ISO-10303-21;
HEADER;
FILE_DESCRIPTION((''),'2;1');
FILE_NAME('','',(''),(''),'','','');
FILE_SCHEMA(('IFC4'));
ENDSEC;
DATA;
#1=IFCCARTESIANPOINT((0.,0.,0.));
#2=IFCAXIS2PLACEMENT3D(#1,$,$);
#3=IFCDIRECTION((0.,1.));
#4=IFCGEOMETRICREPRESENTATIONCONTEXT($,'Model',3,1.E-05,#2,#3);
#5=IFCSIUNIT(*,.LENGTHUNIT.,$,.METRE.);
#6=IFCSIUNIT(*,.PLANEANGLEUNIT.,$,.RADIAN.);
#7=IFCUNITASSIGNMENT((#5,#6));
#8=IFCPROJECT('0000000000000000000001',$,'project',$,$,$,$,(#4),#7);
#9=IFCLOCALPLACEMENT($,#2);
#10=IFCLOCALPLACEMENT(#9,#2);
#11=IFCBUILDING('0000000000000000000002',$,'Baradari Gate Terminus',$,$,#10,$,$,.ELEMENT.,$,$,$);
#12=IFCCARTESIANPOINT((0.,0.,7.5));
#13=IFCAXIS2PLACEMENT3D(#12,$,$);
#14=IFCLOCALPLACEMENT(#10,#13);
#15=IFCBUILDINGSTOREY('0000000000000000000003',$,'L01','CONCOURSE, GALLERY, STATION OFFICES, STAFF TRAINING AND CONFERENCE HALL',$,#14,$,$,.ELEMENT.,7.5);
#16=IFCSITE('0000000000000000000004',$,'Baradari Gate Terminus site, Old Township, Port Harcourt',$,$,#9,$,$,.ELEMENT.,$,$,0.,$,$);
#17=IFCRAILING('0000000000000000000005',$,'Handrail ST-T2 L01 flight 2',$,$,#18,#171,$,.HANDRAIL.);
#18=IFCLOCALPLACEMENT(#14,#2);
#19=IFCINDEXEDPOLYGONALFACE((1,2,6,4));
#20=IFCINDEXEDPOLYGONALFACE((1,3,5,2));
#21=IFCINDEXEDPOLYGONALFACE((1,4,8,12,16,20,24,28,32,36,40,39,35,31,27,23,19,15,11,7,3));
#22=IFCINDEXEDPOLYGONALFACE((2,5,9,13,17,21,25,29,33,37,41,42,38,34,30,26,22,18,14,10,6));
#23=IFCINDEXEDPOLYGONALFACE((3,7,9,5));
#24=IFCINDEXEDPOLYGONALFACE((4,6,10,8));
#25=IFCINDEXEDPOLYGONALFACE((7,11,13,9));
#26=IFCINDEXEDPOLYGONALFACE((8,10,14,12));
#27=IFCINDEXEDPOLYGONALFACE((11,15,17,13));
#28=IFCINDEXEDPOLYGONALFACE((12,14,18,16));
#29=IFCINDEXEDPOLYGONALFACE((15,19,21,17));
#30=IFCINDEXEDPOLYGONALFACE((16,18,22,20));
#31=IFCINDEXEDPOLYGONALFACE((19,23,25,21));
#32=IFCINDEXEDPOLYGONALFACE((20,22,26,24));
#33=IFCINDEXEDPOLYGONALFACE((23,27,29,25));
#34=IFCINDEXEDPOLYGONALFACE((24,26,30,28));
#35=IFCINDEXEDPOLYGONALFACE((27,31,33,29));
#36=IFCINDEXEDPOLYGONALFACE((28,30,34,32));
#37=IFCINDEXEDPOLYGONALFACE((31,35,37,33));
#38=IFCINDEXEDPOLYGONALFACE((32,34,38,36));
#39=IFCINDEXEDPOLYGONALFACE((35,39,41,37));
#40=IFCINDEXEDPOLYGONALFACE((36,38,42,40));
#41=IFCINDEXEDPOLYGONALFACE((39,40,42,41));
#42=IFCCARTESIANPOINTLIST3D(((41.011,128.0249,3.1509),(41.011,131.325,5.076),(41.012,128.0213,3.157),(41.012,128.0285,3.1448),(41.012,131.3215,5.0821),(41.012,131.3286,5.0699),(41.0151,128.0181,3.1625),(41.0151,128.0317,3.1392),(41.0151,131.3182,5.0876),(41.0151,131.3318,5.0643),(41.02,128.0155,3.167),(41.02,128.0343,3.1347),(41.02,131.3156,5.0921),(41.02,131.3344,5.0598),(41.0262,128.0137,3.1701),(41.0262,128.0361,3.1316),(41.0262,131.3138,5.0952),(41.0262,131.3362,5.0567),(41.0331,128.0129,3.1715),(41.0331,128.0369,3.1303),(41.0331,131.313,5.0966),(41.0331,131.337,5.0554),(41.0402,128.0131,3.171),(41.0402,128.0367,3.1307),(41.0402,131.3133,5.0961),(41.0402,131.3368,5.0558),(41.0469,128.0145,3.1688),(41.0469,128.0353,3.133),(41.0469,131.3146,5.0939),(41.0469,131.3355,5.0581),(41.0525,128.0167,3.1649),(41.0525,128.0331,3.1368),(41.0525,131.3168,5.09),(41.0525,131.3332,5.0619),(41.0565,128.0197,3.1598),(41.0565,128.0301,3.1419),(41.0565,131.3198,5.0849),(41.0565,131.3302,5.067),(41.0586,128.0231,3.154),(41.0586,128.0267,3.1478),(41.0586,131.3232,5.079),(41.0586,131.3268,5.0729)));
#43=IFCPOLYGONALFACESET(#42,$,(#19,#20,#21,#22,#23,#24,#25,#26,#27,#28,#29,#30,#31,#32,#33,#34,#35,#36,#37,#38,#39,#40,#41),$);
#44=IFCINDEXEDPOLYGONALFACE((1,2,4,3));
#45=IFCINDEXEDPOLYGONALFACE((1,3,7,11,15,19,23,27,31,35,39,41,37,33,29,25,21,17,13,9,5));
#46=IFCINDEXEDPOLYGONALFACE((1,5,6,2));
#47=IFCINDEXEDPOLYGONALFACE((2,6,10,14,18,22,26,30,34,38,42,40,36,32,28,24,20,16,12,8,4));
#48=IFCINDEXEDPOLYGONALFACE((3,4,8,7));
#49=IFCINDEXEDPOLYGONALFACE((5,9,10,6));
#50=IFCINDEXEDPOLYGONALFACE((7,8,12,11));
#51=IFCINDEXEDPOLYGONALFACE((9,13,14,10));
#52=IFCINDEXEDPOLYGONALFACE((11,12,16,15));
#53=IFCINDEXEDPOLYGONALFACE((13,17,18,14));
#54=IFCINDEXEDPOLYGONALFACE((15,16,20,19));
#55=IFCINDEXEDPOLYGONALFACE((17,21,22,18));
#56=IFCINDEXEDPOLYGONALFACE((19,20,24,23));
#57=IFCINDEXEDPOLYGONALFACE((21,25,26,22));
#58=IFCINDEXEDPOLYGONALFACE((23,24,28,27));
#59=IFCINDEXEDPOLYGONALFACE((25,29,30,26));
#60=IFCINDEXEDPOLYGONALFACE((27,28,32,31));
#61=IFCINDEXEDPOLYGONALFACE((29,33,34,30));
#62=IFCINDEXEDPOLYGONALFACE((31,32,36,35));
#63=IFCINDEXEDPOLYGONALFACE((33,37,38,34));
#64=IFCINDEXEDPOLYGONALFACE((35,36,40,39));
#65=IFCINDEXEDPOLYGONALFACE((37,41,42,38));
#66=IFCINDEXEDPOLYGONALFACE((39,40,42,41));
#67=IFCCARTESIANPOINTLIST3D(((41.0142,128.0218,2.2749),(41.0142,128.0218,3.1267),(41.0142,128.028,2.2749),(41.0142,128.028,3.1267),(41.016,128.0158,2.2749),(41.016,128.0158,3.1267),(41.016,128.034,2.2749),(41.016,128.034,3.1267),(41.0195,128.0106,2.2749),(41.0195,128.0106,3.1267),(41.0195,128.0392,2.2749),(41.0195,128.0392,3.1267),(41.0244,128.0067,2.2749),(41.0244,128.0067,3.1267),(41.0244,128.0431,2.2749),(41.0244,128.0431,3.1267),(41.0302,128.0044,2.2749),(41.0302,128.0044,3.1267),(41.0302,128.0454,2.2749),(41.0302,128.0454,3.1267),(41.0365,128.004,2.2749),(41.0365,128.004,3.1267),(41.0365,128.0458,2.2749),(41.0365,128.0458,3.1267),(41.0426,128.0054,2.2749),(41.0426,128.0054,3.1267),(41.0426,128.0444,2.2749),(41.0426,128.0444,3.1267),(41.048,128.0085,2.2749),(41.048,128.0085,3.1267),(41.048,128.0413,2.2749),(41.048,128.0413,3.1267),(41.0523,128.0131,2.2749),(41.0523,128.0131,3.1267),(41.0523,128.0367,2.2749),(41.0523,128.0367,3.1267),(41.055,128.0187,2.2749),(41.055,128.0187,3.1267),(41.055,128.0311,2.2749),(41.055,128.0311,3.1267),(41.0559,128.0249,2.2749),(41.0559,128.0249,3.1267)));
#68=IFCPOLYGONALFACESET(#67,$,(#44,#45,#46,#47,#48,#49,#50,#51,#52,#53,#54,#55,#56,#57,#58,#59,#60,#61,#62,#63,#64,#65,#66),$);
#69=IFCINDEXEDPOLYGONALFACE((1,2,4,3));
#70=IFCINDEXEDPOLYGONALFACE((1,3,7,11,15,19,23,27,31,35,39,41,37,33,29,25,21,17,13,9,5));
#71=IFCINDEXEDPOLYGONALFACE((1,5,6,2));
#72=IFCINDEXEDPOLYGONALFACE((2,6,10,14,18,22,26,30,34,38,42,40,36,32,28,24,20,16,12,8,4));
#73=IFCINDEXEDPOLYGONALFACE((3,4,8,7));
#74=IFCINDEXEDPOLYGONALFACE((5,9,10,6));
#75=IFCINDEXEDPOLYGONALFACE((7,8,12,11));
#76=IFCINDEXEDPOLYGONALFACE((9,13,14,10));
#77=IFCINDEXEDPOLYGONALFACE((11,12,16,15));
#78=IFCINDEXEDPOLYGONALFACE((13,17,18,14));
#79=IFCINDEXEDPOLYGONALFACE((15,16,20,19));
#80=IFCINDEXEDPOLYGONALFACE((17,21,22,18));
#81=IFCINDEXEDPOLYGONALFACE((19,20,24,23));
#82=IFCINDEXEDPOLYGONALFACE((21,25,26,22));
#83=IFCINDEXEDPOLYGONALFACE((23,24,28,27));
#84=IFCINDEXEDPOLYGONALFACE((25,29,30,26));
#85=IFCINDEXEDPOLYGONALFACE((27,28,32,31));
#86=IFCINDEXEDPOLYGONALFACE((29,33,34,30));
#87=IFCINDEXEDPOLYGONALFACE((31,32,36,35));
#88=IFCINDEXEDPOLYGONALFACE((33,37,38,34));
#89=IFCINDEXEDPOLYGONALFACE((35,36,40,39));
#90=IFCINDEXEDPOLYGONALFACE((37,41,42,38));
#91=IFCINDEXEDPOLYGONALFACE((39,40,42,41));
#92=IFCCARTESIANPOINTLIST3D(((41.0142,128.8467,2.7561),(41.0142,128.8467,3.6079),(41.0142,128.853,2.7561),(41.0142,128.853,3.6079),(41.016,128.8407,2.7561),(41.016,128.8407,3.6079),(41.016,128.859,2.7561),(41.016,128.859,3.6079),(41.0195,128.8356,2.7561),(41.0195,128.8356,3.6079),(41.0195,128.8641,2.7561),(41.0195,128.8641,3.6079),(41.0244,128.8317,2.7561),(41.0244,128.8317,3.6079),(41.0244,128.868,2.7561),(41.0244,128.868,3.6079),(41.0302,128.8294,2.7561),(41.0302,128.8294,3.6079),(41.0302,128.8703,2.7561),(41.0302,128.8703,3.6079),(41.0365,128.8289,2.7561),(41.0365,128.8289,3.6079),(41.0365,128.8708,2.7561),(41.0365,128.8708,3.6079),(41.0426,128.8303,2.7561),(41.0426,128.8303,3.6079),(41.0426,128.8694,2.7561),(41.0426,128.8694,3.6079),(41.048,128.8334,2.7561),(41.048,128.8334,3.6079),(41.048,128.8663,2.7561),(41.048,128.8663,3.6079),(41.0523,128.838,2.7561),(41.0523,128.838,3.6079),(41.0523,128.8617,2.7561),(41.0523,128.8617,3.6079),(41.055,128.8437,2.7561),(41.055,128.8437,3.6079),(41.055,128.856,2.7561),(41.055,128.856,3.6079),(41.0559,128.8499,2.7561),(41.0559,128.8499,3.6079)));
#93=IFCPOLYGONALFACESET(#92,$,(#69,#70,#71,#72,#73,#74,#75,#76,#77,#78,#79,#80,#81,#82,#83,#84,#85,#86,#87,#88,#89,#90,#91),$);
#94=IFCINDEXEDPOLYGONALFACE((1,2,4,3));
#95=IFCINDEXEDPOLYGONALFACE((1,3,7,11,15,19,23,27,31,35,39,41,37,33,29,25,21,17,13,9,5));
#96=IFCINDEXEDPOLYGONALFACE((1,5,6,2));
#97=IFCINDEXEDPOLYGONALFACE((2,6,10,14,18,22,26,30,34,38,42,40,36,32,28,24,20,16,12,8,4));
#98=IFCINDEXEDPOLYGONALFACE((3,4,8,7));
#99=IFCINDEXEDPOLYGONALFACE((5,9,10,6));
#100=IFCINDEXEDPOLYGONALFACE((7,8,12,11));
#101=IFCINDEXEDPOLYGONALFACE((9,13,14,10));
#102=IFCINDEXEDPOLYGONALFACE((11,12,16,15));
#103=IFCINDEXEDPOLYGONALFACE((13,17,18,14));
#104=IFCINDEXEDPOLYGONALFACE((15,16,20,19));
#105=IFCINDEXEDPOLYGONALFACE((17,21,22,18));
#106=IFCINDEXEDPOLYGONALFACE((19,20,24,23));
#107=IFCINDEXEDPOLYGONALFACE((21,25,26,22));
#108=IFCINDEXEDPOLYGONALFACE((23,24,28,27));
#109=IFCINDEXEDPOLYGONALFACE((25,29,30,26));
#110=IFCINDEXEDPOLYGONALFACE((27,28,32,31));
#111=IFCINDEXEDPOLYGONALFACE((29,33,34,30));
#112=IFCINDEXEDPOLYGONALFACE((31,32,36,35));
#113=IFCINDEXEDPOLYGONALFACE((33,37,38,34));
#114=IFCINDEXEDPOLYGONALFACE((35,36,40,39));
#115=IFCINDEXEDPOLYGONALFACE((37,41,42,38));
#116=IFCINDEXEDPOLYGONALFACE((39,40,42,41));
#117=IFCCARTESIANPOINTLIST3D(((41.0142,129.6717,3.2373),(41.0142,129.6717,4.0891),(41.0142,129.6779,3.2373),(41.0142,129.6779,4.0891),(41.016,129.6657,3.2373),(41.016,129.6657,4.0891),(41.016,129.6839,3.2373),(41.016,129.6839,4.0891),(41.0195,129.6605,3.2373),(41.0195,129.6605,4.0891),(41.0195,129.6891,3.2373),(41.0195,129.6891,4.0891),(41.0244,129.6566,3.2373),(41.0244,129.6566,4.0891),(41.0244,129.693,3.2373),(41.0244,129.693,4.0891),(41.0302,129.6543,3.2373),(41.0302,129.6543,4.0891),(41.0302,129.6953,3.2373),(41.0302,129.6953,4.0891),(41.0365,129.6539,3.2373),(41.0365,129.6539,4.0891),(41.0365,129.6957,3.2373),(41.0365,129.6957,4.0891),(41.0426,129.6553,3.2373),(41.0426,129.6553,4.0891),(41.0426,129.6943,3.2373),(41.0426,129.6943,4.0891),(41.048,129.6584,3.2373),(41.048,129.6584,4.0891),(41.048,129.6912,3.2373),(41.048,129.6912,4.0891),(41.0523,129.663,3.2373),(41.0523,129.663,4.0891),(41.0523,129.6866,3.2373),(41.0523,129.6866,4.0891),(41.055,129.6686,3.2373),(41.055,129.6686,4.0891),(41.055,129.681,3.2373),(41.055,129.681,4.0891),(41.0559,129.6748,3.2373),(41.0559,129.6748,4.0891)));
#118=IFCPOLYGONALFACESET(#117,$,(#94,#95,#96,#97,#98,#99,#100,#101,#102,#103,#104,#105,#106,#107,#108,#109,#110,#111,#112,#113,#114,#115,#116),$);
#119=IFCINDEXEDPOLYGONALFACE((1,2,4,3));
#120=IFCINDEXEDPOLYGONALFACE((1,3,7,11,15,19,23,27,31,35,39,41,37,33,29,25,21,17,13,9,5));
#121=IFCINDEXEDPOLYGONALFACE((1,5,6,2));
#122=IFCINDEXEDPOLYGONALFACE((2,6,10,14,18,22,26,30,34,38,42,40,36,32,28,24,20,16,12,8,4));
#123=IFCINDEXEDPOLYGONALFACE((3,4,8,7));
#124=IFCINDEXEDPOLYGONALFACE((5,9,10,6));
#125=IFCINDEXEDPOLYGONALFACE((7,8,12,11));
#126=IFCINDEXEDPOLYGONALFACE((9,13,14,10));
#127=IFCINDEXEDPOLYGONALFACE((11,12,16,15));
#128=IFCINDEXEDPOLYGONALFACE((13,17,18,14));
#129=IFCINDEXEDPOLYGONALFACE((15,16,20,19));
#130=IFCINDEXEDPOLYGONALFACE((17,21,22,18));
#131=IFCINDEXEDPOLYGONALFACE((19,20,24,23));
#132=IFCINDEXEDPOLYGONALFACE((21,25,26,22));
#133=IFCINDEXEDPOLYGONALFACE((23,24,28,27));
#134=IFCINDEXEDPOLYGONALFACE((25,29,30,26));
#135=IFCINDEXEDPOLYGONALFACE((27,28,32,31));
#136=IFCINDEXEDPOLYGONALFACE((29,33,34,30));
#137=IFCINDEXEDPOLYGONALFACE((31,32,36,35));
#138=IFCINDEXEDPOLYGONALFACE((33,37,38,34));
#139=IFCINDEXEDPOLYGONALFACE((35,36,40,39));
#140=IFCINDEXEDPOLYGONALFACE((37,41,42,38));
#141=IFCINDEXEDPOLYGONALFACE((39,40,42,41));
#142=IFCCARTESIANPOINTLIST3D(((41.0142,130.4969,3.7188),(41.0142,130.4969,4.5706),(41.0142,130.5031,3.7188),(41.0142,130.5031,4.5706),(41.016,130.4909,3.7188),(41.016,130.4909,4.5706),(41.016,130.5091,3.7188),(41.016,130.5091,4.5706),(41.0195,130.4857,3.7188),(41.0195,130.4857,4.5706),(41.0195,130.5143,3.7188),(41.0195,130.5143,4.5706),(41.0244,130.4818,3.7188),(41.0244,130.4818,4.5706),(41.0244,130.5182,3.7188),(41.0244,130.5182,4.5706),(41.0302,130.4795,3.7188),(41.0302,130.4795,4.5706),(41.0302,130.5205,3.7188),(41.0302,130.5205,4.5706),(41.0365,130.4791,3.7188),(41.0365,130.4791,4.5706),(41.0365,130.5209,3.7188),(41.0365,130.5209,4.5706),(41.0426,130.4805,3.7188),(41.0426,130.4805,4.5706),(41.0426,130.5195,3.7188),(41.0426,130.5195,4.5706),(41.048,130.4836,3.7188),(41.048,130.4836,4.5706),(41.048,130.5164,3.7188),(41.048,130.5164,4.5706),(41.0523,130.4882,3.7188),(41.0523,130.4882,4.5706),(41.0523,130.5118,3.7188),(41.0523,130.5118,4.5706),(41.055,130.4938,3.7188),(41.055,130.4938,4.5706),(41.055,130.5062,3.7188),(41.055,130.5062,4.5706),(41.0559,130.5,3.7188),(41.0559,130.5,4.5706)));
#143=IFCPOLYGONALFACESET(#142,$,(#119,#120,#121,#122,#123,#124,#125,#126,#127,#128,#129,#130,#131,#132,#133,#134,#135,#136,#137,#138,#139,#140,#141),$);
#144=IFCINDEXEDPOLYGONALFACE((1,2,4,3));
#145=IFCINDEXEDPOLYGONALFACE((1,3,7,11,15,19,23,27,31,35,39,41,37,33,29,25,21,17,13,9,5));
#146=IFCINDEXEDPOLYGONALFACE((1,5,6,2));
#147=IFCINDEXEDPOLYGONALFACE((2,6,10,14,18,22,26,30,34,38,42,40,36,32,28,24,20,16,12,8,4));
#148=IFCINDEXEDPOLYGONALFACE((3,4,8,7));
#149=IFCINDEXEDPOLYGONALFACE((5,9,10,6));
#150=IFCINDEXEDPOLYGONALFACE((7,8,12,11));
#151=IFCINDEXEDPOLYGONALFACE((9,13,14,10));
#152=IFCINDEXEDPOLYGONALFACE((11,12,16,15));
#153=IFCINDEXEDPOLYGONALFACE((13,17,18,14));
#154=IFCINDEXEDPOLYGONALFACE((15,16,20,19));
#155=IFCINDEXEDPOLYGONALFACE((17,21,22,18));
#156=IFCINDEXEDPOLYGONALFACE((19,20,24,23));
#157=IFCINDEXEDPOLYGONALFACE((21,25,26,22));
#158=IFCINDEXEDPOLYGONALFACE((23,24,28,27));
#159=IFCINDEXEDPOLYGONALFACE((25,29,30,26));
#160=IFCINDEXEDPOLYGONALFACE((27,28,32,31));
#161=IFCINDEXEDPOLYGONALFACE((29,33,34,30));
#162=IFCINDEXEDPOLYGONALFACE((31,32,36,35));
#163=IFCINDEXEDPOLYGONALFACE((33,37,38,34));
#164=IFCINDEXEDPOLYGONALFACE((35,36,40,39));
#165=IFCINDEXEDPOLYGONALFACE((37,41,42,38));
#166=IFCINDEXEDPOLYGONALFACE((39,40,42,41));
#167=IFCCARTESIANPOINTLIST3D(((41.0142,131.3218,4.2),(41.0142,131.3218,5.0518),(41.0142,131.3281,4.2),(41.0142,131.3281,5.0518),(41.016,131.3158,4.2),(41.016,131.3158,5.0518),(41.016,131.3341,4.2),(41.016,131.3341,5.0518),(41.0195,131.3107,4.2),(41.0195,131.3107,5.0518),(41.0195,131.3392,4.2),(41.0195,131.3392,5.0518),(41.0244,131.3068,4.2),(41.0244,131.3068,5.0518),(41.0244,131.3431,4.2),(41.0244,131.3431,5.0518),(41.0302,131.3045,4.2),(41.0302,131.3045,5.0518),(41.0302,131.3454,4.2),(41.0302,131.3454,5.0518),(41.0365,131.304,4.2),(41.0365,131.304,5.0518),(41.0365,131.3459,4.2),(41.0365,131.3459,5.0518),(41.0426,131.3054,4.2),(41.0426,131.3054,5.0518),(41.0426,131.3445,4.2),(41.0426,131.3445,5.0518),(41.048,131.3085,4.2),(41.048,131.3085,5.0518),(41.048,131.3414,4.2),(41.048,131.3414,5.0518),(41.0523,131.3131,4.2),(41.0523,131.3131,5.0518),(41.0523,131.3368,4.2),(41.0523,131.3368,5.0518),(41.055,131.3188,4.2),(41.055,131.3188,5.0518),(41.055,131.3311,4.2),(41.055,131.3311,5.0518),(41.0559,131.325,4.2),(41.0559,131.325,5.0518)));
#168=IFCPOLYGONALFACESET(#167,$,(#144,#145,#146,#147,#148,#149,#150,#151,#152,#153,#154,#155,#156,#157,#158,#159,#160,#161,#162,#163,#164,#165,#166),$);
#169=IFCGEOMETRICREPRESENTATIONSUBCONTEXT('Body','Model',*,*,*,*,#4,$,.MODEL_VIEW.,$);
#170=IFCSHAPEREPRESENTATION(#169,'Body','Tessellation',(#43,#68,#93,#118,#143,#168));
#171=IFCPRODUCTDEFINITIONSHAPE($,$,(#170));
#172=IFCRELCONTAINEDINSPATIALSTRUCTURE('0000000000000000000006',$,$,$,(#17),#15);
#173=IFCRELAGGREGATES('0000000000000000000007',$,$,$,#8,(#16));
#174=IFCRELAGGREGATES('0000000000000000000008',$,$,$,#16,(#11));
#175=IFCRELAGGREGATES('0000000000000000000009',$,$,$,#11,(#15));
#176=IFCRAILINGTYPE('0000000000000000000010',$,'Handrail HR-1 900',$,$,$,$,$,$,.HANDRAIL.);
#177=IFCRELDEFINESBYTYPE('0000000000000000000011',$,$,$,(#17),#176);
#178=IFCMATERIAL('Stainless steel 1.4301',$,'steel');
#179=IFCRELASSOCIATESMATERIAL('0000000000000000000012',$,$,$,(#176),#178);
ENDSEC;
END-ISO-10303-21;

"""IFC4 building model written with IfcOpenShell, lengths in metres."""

from ifc_helpers import new_model, si_unit, direction, frame, origin, origin_2d, place, context, subcontext, project, spatial, circle, extrude, material, type_object, element, save


model = new_model("IFC4")

# Units and contexts
model_context = context("Model", 3, precision=1e-05, world=origin(), true_north=direction((0.0, 1.0)))
body_context = subcontext(model_context, "Body", "Model", "MODEL_VIEW")
ifc_project = project(units=[si_unit("LENGTHUNIT", "METRE"), si_unit("PLANEANGLEUNIT", "RADIAN")], contexts=[model_context])

# Site, building, storey
site_placement = place(None, origin())
site = spatial("IfcSite", under=ifc_project, at=site_placement, Name="Baradari Gate Terminus site, Old Township, Port Harcourt", CompositionType="ELEMENT", RefElevation=0.0)
building_placement = place(site_placement, origin())
building = spatial("IfcBuilding", under=site, at=building_placement, Name="Baradari Gate Terminus", CompositionType="ELEMENT")
storey_placement = place(building_placement, frame((0.0, 0.0, 7.5)))
storey = spatial("IfcBuildingStorey", under=building, at=storey_placement, Name="L01", Description="CONCOURSE, GALLERY, STATION OFFICES, STAFF TRAINING AND CONFERENCE HALL", CompositionType="ELEMENT", Elevation=7.5)

# Railing
ifc_material_1 = material(Name="Stainless steel 1.4301", Category="steel")
railing_type = type_object("IfcRailingType", Name="Handrail HR-1 900", PredefinedType="HANDRAIL", material=ifc_material_1)
for number, where, name in (
    (1, (41.0349, 128.0249, 2.2749), "Handrail ST-T2 L01 flight 2"),
):
    element("IfcRailing", number, at=place(storey_placement, frame(where)), inside=storey, type_object=railing_type, Name=name, PredefinedType="HANDRAIL", context=body_context, shape_type="SweptSolid", body=[
        extrude(circle(Radius=0.0239, at=origin_2d()), frame((0.0, 0.0, 0.876), z_axis=(0.0, 0.863777, 0.503875), x_axis=(-1.0, 0.0, 0.0)), (0.0, 0.0, 1.0), 3.8206),
        extrude(circle(Radius=0.021, at=origin_2d()), origin(), (0.0, 0.0, 1.0), 0.8518),
        extrude(circle(Radius=0.021, at=origin_2d()), frame((0.0, 0.825, 0.4812)), (0.0, 0.0, 1.0), 0.8518),
        extrude(circle(Radius=0.021, at=origin_2d()), frame((0.0, 1.6499, 0.9624)), (0.0, 0.0, 1.0), 0.8518),
        extrude(circle(Radius=0.021, at=origin_2d()), frame((0.0, 2.4751, 1.4438)), (0.0, 0.0, 1.0), 0.8518),
        extrude(circle(Radius=0.021, at=origin_2d()), frame((0.0, 3.3, 1.925)), (0.0, 0.0, 1.0), 0.8518),
    ])

save(model, "model.ifc")
